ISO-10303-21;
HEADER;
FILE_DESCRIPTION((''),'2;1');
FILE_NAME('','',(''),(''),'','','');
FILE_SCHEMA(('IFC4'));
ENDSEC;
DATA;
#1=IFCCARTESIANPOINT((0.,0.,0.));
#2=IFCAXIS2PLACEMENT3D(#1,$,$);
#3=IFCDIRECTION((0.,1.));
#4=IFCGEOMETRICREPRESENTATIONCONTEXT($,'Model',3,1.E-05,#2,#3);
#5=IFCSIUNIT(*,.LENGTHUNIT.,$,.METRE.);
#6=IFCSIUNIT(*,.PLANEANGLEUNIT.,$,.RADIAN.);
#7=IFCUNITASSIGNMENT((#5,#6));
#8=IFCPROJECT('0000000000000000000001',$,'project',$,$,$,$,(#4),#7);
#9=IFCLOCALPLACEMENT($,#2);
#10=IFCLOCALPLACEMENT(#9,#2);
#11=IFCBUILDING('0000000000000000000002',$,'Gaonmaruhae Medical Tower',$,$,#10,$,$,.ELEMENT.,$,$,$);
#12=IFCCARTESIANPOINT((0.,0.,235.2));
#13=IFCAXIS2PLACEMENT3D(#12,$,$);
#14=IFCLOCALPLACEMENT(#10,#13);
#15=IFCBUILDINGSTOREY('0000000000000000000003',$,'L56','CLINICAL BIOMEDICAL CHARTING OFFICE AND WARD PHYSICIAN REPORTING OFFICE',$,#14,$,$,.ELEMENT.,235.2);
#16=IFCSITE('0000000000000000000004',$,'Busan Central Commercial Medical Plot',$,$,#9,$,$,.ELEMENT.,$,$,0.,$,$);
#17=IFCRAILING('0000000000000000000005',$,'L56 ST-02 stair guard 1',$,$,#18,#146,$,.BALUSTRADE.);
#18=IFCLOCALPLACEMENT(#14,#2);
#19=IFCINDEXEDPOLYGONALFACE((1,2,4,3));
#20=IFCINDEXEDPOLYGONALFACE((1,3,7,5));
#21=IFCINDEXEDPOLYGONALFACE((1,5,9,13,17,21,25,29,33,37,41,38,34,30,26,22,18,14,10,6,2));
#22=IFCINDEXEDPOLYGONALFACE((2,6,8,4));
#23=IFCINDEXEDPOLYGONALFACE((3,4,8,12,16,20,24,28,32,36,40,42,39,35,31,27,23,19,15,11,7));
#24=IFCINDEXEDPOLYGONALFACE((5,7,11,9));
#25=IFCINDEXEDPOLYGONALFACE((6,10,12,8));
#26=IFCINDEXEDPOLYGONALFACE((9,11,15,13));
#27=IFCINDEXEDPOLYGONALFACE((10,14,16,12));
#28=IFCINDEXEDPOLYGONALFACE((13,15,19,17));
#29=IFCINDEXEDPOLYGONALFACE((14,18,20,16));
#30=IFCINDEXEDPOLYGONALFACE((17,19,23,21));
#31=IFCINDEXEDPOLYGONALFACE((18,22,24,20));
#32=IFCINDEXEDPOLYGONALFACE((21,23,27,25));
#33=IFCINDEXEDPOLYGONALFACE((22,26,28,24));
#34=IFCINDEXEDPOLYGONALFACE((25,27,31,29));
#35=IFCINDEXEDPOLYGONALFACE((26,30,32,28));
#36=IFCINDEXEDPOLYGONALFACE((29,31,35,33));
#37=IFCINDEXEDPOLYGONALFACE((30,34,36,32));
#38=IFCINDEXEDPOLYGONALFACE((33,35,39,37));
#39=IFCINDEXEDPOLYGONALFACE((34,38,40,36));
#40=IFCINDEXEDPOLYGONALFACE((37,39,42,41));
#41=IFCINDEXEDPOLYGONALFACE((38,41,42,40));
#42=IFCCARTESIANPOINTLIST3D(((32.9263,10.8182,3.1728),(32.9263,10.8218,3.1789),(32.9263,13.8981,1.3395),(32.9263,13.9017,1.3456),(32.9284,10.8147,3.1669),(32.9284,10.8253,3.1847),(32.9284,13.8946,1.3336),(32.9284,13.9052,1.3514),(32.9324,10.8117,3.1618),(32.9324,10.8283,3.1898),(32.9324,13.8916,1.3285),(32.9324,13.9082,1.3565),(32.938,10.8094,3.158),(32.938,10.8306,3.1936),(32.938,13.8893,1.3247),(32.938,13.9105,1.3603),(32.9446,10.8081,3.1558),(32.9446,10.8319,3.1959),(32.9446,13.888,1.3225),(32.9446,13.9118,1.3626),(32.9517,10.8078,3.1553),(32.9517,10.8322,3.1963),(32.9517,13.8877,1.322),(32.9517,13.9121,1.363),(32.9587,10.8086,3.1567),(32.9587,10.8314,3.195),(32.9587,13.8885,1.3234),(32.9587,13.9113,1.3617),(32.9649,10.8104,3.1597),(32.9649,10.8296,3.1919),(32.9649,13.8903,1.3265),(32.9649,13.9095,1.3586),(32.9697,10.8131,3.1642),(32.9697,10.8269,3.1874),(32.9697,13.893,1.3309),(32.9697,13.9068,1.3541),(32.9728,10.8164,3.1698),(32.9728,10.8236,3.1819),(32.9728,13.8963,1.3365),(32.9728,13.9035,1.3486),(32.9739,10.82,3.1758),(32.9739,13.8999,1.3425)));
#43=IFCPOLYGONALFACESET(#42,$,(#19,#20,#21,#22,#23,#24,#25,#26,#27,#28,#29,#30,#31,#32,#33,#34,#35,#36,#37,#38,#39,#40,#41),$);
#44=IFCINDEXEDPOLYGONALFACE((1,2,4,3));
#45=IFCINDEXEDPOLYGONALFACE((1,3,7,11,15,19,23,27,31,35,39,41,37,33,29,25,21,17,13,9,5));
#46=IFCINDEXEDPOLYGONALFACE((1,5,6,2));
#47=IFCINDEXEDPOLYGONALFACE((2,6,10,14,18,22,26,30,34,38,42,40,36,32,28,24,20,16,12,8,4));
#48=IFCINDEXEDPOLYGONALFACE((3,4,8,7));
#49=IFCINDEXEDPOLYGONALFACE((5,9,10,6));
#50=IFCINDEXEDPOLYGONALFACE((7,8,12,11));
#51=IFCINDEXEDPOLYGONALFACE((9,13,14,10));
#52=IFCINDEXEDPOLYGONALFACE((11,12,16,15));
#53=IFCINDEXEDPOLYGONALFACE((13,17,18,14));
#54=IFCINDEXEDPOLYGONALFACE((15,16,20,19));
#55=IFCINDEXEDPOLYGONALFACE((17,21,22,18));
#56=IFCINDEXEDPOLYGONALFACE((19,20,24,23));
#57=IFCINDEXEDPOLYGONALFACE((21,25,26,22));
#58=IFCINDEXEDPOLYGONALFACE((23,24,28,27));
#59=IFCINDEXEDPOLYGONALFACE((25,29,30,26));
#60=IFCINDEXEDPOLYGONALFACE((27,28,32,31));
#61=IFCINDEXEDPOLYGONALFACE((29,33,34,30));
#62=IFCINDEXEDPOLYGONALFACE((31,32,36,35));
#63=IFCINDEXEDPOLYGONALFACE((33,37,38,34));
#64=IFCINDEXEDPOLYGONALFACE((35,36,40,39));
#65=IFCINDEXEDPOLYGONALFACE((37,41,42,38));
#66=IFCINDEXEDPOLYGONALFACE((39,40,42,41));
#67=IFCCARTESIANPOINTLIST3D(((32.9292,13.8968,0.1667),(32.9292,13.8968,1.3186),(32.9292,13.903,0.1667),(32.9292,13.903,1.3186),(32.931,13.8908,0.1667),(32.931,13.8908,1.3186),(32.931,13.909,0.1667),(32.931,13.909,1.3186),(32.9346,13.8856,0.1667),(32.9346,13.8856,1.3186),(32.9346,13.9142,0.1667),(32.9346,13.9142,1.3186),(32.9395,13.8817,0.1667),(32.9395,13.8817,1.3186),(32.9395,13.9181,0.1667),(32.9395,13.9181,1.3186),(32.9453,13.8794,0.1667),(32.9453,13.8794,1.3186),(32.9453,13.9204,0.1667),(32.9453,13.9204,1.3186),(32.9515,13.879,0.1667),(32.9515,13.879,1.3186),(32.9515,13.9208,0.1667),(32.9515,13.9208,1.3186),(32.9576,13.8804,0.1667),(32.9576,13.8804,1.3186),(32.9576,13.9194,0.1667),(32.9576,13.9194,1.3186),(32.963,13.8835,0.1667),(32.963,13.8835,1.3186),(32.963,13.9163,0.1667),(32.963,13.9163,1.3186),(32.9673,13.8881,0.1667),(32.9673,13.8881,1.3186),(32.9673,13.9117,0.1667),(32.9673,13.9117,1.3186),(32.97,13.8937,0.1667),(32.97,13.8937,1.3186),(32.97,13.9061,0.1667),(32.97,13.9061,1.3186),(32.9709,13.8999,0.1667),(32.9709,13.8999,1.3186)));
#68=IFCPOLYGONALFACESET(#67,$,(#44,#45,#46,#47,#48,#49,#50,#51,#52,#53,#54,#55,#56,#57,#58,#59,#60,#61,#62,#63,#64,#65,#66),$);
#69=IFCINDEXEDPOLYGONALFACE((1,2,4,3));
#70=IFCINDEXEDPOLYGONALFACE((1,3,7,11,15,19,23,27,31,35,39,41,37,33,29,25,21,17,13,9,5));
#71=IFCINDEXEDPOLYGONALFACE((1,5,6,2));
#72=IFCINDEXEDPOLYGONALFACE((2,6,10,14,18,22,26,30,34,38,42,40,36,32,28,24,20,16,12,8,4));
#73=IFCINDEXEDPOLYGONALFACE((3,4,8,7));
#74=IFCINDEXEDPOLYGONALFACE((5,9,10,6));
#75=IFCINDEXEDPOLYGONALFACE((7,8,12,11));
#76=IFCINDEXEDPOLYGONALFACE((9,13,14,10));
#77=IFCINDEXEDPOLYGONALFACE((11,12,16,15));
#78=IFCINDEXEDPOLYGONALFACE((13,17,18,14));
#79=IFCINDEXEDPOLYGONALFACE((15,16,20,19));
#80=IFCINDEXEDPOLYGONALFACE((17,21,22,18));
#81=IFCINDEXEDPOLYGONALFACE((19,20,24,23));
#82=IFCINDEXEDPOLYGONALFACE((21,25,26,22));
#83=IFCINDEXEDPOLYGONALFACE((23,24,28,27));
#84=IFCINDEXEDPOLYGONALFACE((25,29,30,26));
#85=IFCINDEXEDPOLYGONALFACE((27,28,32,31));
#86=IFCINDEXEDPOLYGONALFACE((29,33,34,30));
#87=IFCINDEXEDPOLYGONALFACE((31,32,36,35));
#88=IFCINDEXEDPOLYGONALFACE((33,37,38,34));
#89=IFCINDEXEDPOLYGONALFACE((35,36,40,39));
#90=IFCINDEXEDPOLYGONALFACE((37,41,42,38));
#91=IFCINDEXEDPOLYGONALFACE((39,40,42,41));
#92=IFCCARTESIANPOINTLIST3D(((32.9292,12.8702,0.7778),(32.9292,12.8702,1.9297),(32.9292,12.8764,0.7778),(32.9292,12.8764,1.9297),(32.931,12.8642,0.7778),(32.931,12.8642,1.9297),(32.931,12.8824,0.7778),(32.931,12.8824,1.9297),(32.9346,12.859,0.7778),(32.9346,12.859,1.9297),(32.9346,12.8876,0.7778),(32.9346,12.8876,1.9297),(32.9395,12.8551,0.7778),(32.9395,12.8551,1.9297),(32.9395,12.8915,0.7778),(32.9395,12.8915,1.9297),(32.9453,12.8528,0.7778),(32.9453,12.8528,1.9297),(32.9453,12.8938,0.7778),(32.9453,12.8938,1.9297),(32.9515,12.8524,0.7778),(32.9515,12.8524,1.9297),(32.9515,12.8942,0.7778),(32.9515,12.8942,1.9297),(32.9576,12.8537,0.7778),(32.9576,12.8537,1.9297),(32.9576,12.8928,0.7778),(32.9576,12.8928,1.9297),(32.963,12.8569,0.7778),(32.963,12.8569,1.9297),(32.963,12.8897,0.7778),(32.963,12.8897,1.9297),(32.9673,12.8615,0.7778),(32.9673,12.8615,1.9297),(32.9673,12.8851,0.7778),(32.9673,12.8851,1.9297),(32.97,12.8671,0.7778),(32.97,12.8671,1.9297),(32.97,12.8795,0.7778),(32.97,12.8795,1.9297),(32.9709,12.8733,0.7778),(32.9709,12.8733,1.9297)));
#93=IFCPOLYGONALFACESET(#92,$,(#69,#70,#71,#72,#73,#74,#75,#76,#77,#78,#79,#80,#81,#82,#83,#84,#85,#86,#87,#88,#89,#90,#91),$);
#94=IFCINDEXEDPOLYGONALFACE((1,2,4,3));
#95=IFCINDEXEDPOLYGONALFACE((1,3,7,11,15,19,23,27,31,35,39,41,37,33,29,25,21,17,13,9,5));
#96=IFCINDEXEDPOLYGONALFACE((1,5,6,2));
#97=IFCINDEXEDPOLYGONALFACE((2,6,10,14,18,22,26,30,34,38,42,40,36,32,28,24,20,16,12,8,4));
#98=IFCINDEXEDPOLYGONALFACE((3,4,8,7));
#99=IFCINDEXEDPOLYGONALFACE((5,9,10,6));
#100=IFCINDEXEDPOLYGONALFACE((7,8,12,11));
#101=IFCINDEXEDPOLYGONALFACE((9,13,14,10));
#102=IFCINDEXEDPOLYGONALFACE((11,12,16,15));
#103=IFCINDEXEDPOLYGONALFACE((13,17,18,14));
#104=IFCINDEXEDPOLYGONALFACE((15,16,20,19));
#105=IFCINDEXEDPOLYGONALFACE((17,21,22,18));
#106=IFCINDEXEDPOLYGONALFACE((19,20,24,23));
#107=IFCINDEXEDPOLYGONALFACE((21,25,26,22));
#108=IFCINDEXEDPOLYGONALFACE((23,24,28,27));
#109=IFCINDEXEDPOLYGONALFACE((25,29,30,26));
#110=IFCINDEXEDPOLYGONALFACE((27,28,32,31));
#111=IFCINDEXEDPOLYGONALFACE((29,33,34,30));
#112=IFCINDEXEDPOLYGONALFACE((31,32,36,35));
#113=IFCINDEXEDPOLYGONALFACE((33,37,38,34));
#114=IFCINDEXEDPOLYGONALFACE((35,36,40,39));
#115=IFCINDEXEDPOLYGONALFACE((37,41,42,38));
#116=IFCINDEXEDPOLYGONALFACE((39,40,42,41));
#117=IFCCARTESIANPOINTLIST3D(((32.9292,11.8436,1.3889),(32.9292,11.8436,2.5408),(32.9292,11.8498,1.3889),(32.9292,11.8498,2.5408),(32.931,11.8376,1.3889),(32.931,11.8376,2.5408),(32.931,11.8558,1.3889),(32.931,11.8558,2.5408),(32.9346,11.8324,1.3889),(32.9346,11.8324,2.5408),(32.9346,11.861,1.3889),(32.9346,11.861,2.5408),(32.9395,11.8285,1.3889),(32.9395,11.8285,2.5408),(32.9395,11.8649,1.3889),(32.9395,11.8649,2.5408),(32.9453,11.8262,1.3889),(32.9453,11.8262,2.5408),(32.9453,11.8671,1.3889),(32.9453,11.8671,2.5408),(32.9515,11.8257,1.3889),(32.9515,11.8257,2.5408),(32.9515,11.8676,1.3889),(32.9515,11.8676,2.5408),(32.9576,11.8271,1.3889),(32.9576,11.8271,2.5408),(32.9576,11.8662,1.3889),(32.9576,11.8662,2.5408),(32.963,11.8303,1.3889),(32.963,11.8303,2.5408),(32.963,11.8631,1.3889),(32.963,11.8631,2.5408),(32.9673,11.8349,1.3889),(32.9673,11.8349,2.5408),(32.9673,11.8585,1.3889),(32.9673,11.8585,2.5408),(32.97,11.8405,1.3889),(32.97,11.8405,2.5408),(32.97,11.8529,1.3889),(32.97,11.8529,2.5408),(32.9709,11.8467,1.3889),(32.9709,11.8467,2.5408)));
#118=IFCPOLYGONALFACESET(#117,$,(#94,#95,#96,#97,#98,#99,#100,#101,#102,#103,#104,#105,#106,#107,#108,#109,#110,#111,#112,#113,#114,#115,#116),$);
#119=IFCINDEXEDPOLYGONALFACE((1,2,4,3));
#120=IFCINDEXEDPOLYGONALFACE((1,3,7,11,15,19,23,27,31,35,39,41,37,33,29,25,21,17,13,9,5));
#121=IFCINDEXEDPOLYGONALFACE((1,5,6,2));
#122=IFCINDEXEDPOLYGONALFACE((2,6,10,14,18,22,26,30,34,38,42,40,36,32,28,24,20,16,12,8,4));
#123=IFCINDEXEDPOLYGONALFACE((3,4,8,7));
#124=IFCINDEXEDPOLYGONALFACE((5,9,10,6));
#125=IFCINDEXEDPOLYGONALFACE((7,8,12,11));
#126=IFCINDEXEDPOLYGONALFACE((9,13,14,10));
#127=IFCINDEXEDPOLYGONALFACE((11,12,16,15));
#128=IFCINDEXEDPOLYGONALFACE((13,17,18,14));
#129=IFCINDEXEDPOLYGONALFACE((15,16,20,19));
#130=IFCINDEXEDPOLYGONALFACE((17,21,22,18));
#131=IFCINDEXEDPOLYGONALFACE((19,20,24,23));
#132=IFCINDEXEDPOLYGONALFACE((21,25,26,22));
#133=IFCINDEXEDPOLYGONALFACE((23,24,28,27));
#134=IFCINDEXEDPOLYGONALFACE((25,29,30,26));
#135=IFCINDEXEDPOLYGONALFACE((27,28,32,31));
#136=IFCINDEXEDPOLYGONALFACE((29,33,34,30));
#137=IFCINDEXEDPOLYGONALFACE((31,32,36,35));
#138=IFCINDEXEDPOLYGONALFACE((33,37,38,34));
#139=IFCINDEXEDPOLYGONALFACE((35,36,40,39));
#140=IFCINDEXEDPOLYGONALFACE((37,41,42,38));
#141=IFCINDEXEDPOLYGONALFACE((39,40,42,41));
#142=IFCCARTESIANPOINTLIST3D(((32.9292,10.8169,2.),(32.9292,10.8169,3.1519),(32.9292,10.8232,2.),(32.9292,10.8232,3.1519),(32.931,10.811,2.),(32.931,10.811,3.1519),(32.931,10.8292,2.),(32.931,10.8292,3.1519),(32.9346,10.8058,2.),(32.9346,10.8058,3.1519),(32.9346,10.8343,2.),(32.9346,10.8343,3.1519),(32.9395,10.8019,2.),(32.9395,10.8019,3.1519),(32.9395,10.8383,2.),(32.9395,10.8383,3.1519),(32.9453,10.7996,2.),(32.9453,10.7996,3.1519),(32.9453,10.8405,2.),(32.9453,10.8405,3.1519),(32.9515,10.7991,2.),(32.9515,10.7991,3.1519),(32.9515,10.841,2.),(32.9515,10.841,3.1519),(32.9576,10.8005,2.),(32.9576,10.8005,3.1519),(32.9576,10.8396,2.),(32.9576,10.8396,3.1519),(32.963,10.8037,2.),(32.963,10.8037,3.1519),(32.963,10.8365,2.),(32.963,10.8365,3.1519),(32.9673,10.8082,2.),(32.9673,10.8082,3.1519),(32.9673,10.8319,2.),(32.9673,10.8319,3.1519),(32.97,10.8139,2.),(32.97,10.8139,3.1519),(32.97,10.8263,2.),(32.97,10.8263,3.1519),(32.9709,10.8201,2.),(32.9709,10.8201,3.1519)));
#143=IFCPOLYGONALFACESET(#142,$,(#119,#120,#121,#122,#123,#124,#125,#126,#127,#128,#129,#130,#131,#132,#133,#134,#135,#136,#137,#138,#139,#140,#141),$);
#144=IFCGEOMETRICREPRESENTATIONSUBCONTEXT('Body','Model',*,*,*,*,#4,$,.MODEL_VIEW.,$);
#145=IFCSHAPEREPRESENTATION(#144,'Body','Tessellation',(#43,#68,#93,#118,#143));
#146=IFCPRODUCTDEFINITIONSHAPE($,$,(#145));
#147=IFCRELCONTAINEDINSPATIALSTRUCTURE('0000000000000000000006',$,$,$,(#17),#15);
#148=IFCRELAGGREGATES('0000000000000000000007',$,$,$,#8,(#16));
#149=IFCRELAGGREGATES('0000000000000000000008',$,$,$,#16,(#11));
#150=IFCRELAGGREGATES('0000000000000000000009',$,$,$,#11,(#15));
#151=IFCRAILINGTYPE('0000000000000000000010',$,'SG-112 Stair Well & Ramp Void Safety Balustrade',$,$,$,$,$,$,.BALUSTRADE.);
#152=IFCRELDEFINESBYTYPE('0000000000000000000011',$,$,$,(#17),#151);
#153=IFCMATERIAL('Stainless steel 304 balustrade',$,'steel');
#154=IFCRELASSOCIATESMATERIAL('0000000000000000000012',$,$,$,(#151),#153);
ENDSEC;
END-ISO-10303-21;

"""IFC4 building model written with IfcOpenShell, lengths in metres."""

from ifc_helpers import new_model, si_unit, direction, frame, origin, origin_2d, place, context, subcontext, project, spatial, circle, extrude, material, type_object, element, save


model = new_model("IFC4")

# Units and contexts
model_context = context("Model", 3, precision=1e-05, world=origin(), true_north=direction((0.0, 1.0)))
body_context = subcontext(model_context, "Body", "Model", "MODEL_VIEW")
ifc_project = project(units=[si_unit("LENGTHUNIT", "METRE"), si_unit("PLANEANGLEUNIT", "RADIAN")], contexts=[model_context])

# Site, building, storey
site_placement = place(None, origin())
site = spatial("IfcSite", under=ifc_project, at=site_placement, Name="Busan Central Commercial Medical Plot", CompositionType="ELEMENT", RefElevation=0.0)
building_placement = place(site_placement, origin())
building = spatial("IfcBuilding", under=site, at=building_placement, Name="Gaonmaruhae Medical Tower", CompositionType="ELEMENT")
storey_placement = place(building_placement, frame((0.0, 0.0, 235.2)))
storey = spatial("IfcBuildingStorey", under=building, at=storey_placement, Name="L56", Description="CLINICAL BIOMEDICAL CHARTING OFFICE AND WARD PHYSICIAN REPORTING OFFICE", CompositionType="ELEMENT", Elevation=235.2)

# Railing
ifc_material_1 = material(Name="Stainless steel 304 balustrade", Category="steel")
railing_type_1 = type_object("IfcRailingType", Name="SG-112 Stair Well & Ramp Void Safety Balustrade", PredefinedType="BALUSTRADE", material=ifc_material_1)
railing_1_placement = place(storey_placement, frame((32.95, 13.8999, 0.1667)))
element("IfcRailing", 1, at=railing_1_placement, inside=storey, type_object=railing_type_1, Name="L56 ST-02 stair guard 1", PredefinedType="BALUSTRADE", context=body_context, shape_type="SweptSolid", body=[
    extrude(circle(Radius=0.0239, at=origin_2d()), frame((0.0, 0.0, 1.1758), z_axis=(0.0, -0.859291, 0.511487), x_axis=(1.0, 0.0, 0.0)), (0.0, 0.0, 1.0), 3.5842),
    extrude(circle(Radius=0.021, at=origin_2d()), origin(), (0.0, 0.0, 1.0), 1.1519),
    extrude(circle(Radius=0.021, at=origin_2d()), frame((0.0, -1.0266, 0.6111)), (0.0, 0.0, 1.0), 1.1519),
    extrude(circle(Radius=0.021, at=origin_2d()), frame((0.0, -2.0532, 1.2222)), (0.0, 0.0, 1.0), 1.1519),
    extrude(circle(Radius=0.021, at=origin_2d()), frame((0.0, -3.0798, 1.8333)), (0.0, 0.0, 1.0), 1.1519),
])

save(model, "model.ifc")
